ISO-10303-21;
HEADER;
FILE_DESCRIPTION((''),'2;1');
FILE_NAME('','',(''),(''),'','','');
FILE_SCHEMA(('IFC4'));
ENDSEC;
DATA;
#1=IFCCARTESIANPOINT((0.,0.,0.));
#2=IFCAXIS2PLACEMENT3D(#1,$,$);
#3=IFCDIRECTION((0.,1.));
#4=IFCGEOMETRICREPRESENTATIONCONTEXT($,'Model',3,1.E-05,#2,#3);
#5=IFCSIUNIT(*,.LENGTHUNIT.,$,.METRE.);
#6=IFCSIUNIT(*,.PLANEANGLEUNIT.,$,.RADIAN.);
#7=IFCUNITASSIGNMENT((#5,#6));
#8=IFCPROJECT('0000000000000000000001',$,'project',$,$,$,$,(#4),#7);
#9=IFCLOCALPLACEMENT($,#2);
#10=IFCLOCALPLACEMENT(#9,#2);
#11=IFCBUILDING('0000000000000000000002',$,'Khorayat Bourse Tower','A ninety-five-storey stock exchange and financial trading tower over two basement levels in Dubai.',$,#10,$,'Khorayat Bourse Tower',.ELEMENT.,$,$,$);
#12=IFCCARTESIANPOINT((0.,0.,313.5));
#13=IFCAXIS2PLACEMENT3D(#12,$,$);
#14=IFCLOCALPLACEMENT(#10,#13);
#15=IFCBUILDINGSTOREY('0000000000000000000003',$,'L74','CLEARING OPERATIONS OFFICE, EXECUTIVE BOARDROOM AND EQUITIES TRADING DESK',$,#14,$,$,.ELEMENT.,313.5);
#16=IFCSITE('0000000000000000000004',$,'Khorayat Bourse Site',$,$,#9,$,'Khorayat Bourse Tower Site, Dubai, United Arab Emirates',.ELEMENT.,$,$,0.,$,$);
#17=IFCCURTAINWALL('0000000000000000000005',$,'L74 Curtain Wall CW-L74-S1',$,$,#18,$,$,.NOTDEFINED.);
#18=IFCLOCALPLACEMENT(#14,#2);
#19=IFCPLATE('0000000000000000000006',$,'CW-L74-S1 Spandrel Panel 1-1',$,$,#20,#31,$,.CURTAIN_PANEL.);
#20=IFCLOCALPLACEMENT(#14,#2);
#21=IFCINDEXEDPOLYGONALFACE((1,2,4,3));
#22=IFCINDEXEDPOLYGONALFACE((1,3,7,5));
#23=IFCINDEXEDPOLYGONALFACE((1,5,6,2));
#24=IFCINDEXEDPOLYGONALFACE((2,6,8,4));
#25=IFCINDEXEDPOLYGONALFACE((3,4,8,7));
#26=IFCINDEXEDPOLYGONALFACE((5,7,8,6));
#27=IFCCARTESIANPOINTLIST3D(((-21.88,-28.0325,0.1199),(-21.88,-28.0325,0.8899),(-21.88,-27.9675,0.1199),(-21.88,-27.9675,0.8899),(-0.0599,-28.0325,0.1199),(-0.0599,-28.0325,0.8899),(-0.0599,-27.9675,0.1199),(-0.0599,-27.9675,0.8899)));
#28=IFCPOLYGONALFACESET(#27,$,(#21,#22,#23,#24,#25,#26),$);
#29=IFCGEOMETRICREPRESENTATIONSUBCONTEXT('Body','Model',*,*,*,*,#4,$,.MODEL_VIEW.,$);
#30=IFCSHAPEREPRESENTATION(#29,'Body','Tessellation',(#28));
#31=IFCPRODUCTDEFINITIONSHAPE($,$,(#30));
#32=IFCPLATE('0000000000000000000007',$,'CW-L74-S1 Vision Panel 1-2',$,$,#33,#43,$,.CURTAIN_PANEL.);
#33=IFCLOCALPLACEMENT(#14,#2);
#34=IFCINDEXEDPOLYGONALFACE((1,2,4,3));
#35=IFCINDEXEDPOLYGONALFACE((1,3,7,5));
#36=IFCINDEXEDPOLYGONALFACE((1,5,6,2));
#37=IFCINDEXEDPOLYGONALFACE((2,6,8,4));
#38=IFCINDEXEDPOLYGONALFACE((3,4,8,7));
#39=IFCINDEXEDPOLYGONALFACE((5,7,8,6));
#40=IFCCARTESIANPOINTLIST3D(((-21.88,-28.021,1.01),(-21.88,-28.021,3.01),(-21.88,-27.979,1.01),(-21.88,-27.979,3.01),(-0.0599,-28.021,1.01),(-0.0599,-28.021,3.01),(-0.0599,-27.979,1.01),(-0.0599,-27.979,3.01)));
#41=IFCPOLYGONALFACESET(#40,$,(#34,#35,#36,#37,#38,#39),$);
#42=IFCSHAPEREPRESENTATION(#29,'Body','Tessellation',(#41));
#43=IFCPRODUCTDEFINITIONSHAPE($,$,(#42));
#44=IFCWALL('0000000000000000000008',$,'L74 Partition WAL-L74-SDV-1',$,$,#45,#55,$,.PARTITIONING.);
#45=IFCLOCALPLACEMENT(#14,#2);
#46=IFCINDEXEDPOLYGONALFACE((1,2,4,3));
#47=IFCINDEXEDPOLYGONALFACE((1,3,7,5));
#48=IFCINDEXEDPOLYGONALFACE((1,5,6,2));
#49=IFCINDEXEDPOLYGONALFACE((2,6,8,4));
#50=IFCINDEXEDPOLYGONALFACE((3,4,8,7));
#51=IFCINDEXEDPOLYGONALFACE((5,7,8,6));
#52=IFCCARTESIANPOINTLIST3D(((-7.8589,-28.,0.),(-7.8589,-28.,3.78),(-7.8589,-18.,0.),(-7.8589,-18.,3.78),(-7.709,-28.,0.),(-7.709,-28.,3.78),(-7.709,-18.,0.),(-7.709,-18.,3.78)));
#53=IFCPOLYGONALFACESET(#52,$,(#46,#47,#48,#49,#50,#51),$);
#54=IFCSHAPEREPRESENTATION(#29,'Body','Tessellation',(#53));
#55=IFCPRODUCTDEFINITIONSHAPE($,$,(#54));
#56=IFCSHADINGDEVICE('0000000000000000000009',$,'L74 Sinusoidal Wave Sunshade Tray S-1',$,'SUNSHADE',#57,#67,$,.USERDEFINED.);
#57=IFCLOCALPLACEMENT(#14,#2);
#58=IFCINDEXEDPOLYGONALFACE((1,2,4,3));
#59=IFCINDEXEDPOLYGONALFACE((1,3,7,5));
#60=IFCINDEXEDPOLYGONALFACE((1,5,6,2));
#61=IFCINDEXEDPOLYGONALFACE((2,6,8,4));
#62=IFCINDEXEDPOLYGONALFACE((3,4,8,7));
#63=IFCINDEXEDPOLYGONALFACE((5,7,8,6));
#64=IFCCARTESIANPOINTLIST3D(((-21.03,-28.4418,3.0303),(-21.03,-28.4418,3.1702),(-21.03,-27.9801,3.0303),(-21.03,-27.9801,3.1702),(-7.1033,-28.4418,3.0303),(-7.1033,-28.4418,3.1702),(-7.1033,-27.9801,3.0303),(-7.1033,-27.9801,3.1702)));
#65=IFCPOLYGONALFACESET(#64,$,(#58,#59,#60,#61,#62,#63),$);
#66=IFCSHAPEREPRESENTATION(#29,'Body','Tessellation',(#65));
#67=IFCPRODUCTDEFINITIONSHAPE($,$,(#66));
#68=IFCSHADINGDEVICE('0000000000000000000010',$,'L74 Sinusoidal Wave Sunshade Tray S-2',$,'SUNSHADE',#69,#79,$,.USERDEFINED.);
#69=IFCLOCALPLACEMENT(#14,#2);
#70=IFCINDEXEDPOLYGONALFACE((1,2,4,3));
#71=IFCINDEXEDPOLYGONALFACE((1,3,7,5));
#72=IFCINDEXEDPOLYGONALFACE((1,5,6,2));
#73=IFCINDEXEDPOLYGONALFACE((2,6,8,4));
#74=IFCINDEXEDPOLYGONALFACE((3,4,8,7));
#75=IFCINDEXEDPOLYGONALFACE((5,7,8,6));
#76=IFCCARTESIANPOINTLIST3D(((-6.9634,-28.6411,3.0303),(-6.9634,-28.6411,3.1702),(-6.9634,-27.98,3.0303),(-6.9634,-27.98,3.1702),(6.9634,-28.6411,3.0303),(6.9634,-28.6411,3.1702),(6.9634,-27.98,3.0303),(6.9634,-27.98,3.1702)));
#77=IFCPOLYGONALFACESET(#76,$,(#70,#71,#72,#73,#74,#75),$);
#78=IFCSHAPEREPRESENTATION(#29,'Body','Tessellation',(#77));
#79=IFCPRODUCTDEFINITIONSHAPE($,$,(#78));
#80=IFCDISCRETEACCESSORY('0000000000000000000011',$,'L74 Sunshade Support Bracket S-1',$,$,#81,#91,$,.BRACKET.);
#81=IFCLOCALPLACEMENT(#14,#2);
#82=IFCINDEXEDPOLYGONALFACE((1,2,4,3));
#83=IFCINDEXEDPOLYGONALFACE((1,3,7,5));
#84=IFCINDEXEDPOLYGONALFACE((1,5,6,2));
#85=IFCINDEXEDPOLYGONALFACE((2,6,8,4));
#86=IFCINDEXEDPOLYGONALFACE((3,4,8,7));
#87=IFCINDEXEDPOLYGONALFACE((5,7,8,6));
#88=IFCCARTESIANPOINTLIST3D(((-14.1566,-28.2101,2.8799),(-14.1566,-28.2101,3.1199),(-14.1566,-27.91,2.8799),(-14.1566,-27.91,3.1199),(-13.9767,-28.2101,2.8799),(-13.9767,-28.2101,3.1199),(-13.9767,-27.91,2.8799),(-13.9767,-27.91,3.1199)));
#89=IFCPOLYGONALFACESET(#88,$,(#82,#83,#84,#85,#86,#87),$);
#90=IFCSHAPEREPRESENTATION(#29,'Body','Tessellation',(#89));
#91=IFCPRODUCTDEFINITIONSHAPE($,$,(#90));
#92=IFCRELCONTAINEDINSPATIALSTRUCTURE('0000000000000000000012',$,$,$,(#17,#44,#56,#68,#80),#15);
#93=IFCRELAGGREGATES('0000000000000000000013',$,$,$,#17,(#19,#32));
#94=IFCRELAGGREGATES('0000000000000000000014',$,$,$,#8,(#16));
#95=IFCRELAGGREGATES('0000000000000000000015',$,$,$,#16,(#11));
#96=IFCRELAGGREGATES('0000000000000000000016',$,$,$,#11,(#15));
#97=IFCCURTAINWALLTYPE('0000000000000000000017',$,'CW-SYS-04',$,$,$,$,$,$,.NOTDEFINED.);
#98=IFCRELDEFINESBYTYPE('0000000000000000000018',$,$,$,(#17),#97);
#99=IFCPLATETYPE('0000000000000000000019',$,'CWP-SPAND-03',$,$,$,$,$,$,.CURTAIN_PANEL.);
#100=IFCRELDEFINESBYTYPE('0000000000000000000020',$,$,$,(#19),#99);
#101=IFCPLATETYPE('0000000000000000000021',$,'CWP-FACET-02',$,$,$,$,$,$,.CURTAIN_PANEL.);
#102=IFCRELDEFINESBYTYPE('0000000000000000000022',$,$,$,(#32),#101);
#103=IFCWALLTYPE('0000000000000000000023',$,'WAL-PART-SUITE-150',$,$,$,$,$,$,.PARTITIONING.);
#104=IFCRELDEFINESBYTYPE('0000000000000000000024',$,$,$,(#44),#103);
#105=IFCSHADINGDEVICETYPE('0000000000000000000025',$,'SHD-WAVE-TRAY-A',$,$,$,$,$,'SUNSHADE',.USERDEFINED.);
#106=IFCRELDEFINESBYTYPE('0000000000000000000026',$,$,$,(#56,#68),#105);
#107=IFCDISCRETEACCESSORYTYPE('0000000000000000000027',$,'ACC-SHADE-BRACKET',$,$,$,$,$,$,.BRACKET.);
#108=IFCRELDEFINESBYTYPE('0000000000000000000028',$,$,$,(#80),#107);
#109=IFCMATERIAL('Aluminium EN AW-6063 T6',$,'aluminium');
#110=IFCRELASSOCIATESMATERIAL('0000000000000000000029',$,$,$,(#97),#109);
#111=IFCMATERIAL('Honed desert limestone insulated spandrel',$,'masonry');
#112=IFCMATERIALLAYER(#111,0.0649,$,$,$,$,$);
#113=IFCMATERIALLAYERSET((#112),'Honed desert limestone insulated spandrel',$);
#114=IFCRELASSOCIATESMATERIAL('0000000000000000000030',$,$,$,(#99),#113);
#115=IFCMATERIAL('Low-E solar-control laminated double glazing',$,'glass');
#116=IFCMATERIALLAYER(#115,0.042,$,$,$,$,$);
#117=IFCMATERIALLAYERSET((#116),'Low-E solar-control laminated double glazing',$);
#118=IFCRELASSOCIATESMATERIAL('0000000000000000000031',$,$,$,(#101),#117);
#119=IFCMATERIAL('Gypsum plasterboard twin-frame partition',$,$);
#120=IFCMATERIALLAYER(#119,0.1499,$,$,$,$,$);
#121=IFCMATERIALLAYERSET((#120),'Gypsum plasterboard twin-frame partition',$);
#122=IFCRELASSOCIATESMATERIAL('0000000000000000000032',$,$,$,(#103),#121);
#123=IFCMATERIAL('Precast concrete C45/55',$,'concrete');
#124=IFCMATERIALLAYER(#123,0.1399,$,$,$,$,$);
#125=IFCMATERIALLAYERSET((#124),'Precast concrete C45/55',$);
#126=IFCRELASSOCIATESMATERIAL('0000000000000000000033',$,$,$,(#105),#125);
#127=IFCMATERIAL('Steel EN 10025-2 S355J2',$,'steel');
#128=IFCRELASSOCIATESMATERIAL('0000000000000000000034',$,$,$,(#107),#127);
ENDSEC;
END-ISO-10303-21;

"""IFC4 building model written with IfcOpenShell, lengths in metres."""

from ifc_helpers import new_model, si_unit, direction, frame, frame_2d, origin, origin_2d, place, context, subcontext, project, spatial, rectangle, extrude, source, transform, mapped, material, layer, layer_set, type_object, element, aggregate, save


model = new_model("IFC4")

# Units and contexts
model_context = context("Model", 3, precision=1e-05, world=origin(), true_north=direction((0.0, 1.0)))
body_context = subcontext(model_context, "Body", "Model", "MODEL_VIEW")
ifc_project = project(units=[si_unit("LENGTHUNIT", "METRE"), si_unit("PLANEANGLEUNIT", "RADIAN")], contexts=[model_context])

# Site, building, storey
site_placement = place(None, origin())
site = spatial("IfcSite", under=ifc_project, at=site_placement, Name="Khorayat Bourse Site", LongName="Khorayat Bourse Tower Site, Dubai, United Arab Emirates", CompositionType="ELEMENT", RefElevation=0.0)
building_placement = place(site_placement, origin())
building = spatial("IfcBuilding", under=site, at=building_placement, Name="Khorayat Bourse Tower", Description="A ninety-five-storey stock exchange and financial trading tower over two basement levels in Dubai.", LongName="Khorayat Bourse Tower", CompositionType="ELEMENT")
storey_placement = place(building_placement, frame((0.0, 0.0, 313.5)))
storey = spatial("IfcBuildingStorey", under=building, at=storey_placement, Name="L74", Description="CLEARING OPERATIONS OFFICE, EXECUTIVE BOARDROOM AND EQUITIES TRADING DESK", CompositionType="ELEMENT", Elevation=313.5)

# Curtain wall
ifc_material_1 = material(Name="Aluminium EN AW-6063 T6", Category="aluminium")
curtain_wall_type = type_object("IfcCurtainWallType", Name="CW-SYS-04", PredefinedType="NOTDEFINED", material=ifc_material_1)
curtain_wall_placement = place(storey_placement, origin())
curtain_wall = element("IfcCurtainWall", 1, at=curtain_wall_placement, inside=storey, type_object=curtain_wall_type, Name="L74 Curtain Wall CW-L74-S1", PredefinedType="NOTDEFINED")

# Plates
ifc_material_2 = material(Name="Steel EN 10025-2 S355J2", Category="steel")
ifc_material_3 = material(Name="Honed desert limestone insulated spandrel", Category="masonry")
ifc_layer_1 = layer(ifc_material_3, 0.0649)
ifc_layer_set_1 = layer_set([ifc_layer_1], Name="Honed desert limestone insulated spandrel")
plate_type_1 = type_object("IfcPlateType", Name="CWP-SPAND-03", PredefinedType="CURTAIN_PANEL", material=ifc_layer_set_1)
shared_shape_1 = source(origin(), body_context, "Body", "SweptSolid", [
    extrude(rectangle(XDim=21.8201, YDim=0.0649, at=origin_2d()), origin(), (0.0, 0.0, 1.0), 0.77),
])
plate_1_placement = place(storey_placement, frame((-10.97, -28.0, 0.1199), z_axis=(0.0, 0.0, 1.0), x_axis=(1.0, 0.0, 0.0)))
plate_1 = element("IfcPlate", 2, at=plate_1_placement, type_object=plate_type_1, Name="CW-L74-S1 Spandrel Panel 1-1", PredefinedType="CURTAIN_PANEL", context=body_context, shape_type="MappedRepresentation", body=[
    mapped(shared_shape_1, transform((0.0, 0.0, 0.0), scale=1.0)),
])
ifc_material_4 = material(Name="Low-E solar-control laminated double glazing", Category="glass")
ifc_layer_2 = layer(ifc_material_4, 0.042)
ifc_layer_set_2 = layer_set([ifc_layer_2], Name="Low-E solar-control laminated double glazing")
plate_type_2 = type_object("IfcPlateType", Name="CWP-FACET-02", PredefinedType="CURTAIN_PANEL", material=ifc_layer_set_2)
shared_shape_2 = source(origin(), body_context, "Body", "SweptSolid", [
    extrude(rectangle(XDim=21.8201, YDim=0.042, at=origin_2d()), origin(), (0.0, 0.0, 1.0), 2.0),
])
plate_2_placement = place(storey_placement, frame((-10.97, -28.0, 1.01), z_axis=(0.0, 0.0, 1.0), x_axis=(1.0, 0.0, 0.0)))
plate_2 = element("IfcPlate", 3, at=plate_2_placement, type_object=plate_type_2, Name="CW-L74-S1 Vision Panel 1-2", PredefinedType="CURTAIN_PANEL", context=body_context, shape_type="MappedRepresentation", body=[
    mapped(shared_shape_2, transform((0.0, 0.0, 0.0), scale=1.0)),
])
aggregate(curtain_wall, [plate_1, plate_2])

# Wall
ifc_material_5 = material(Name="Gypsum plasterboard twin-frame partition")
ifc_layer_3 = layer(ifc_material_5, 0.1499)
ifc_layer_set_3 = layer_set([ifc_layer_3], Name="Gypsum plasterboard twin-frame partition")
wall_type = type_object("IfcWallType", Name="WAL-PART-SUITE-150", PredefinedType="PARTITIONING", material=ifc_layer_set_3)
shared_shape_3 = source(origin(), body_context, "Body", "SweptSolid", [
    extrude(rectangle(XDim=10.0, YDim=0.1499, at=frame_2d((5.0, 0.0))), origin(), (0.0, 0.0, 1.0), 3.78),
])
wall_placement = place(storey_placement, frame((-7.7839, -28.0, 0.0), z_axis=(0.0, 0.0, 1.0), x_axis=(0.0, 1.0, 0.0)))
element("IfcWall", 4, at=wall_placement, inside=storey, type_object=wall_type, Name="L74 Partition WAL-L74-SDV-1", PredefinedType="PARTITIONING", context=body_context, shape_type="MappedRepresentation", body=[
    mapped(shared_shape_3, transform((0.0, 0.0, 0.0), scale=1.0)),
])

# Shading devices
ifc_material_6 = material(Name="Precast concrete C45/55", Category="concrete")
ifc_layer_4 = layer(ifc_material_6, 0.1399)
ifc_layer_set_4 = layer_set([ifc_layer_4], Name="Precast concrete C45/55")
shading_device_type = type_object("IfcShadingDeviceType", Name="SHD-WAVE-TRAY-A", ElementType="SUNSHADE", PredefinedType="USERDEFINED", material=ifc_layer_set_4)
shared_shape_4 = source(origin(), body_context, "Body", "SweptSolid", [
    extrude(rectangle(XDim=13.9268, YDim=0.4617, at=origin_2d()), origin(), (0.0, 0.0, 1.0), 0.1399),
])
shading_device_1_placement = place(storey_placement, frame((-14.0667, -28.2109, 3.0303), z_axis=(0.0, 0.0, 1.0), x_axis=(1.0, 0.0, 0.0)))
element("IfcShadingDevice", 5, at=shading_device_1_placement, inside=storey, type_object=shading_device_type, Name="L74 Sinusoidal Wave Sunshade Tray S-1", ObjectType="SUNSHADE", PredefinedType="USERDEFINED", context=body_context, shape_type="MappedRepresentation", body=[
    mapped(shared_shape_4, transform((0.0, 0.0, 0.0), scale=1.0)),
])
shared_shape_5 = source(origin(), body_context, "Body", "SweptSolid", [
    extrude(rectangle(XDim=13.9268, YDim=0.6611, at=origin_2d()), origin(), (0.0, 0.0, 1.0), 0.1399),
])
shading_device_2_placement = place(storey_placement, frame((0.0, -28.3105, 3.0303), z_axis=(0.0, 0.0, 1.0), x_axis=(1.0, 0.0, 0.0)))
element("IfcShadingDevice", 6, at=shading_device_2_placement, inside=storey, type_object=shading_device_type, Name="L74 Sinusoidal Wave Sunshade Tray S-2", ObjectType="SUNSHADE", PredefinedType="USERDEFINED", context=body_context, shape_type="MappedRepresentation", body=[
    mapped(shared_shape_5, transform((0.0, 0.0, 0.0), scale=1.0)),
])

# Discrete accessory
discrete_accessory_type = type_object("IfcDiscreteAccessoryType", Name="ACC-SHADE-BRACKET", PredefinedType="BRACKET", material=ifc_material_2)
shared_shape_6 = source(origin(), body_context, "Body", "SweptSolid", [
    extrude(rectangle(XDim=0.1799, YDim=0.3, at=origin_2d()), origin(), (0.0, 0.0, 1.0), 0.24),
])
discrete_accessory_placement = place(storey_placement, frame((-14.0667, -28.0601, 2.8799), z_axis=(0.0, 0.0, 1.0), x_axis=(1.0, 0.0, 0.0)))
element("IfcDiscreteAccessory", 7, at=discrete_accessory_placement, inside=storey, type_object=discrete_accessory_type, Name="L74 Sunshade Support Bracket S-1", PredefinedType="BRACKET", context=body_context, shape_type="MappedRepresentation", body=[
    mapped(shared_shape_6, transform((0.0, 0.0, 0.0), scale=1.0)),
])

save(model, "model.ifc")
